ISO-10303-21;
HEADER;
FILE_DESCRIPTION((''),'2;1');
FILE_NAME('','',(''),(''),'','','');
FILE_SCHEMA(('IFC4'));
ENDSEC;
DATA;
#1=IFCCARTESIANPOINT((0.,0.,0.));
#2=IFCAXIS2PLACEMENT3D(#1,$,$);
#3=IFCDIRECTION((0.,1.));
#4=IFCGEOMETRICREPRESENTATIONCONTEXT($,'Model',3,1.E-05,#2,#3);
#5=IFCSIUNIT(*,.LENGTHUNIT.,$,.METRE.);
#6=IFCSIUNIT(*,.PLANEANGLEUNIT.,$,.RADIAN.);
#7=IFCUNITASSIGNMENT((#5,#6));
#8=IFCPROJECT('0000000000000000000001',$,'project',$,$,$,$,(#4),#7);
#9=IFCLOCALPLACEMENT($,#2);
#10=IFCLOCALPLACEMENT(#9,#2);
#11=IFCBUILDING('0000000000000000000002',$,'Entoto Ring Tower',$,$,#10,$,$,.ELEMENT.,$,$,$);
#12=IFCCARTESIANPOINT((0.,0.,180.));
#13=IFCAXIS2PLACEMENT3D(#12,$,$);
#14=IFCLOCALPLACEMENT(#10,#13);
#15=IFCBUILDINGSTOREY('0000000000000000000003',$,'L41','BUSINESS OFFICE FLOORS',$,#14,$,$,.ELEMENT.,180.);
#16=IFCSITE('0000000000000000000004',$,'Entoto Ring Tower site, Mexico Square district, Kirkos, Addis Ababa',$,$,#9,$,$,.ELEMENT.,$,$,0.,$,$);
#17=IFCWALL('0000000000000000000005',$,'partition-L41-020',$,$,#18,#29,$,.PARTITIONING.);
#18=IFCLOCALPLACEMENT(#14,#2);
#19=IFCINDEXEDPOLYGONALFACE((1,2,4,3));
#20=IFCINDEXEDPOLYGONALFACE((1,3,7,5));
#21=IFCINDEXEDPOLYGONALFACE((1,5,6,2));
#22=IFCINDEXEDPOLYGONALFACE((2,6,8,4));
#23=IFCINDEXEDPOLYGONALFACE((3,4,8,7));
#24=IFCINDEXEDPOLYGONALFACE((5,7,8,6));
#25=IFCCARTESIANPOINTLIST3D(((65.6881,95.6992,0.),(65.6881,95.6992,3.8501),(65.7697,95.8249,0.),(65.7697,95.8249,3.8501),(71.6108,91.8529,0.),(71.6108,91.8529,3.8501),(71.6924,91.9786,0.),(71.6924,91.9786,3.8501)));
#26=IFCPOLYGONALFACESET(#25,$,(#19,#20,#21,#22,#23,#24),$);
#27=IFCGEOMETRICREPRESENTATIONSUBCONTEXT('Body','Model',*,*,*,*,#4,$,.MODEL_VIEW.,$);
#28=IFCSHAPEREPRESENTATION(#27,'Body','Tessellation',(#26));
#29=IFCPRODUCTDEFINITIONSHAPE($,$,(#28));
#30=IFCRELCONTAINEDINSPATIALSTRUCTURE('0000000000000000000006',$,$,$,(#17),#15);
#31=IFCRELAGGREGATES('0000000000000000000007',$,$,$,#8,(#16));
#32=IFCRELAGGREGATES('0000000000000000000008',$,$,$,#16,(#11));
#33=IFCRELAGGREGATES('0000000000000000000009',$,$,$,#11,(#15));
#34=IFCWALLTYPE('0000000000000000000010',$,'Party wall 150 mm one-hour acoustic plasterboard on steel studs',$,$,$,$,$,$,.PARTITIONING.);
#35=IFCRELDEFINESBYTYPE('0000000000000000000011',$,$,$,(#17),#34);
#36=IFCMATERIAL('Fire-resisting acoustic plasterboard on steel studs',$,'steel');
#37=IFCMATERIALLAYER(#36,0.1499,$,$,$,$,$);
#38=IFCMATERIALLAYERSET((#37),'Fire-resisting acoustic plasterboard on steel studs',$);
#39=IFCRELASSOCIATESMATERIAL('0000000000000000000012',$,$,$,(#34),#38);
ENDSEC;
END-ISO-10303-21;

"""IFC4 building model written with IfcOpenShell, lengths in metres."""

from ifc_helpers import new_model, si_unit, direction, frame, frame_2d, origin, place, context, subcontext, project, spatial, rectangle, extrude, material, layer, layer_set, type_object, element, save


model = new_model("IFC4")

# Units and contexts
model_context = context("Model", 3, precision=1e-05, world=origin(), true_north=direction((0.0, 1.0)))
body_context = subcontext(model_context, "Body", "Model", "MODEL_VIEW")
ifc_project = project(units=[si_unit("LENGTHUNIT", "METRE"), si_unit("PLANEANGLEUNIT", "RADIAN")], contexts=[model_context])

# Site, building, storey
site_placement = place(None, origin())
site = spatial("IfcSite", under=ifc_project, at=site_placement, Name="Entoto Ring Tower site, Mexico Square district, Kirkos, Addis Ababa", CompositionType="ELEMENT", RefElevation=0.0)
building_placement = place(site_placement, origin())
building = spatial("IfcBuilding", under=site, at=building_placement, Name="Entoto Ring Tower", CompositionType="ELEMENT")
storey_placement = place(building_placement, frame((0.0, 0.0, 180.0)))
storey = spatial("IfcBuildingStorey", under=building, at=storey_placement, Name="L41", Description="BUSINESS OFFICE FLOORS", CompositionType="ELEMENT", Elevation=180.0)

# Wall
ifc_material_1 = material(Name="Fire-resisting acoustic plasterboard on steel studs", Category="steel")
ifc_layer_1 = layer(ifc_material_1, 0.1499)
ifc_layer_set_1 = layer_set([ifc_layer_1], Name="Fire-resisting acoustic plasterboard on steel studs")
wall_type_1 = type_object("IfcWallType", Name="Party wall 150 mm one-hour acoustic plasterboard on steel studs", PredefinedType="PARTITIONING", material=ifc_layer_set_1)
wall_1_placement = place(storey_placement, frame((71.6516, 91.9158, 0.0), z_axis=(0.0, 0.0, 1.0), x_axis=(-0.83867, 0.54464, 0.0)))
element("IfcWall", 1, at=wall_1_placement, inside=storey, type_object=wall_type_1, Name="partition-L41-020", PredefinedType="PARTITIONING", context=body_context, shape_type="SweptSolid", body=[
    extrude(rectangle(XDim=7.062, YDim=0.1499, at=frame_2d((3.531, 0.0))), origin(), (0.0, 0.0, 1.0), 3.8501),
])

save(model, "model.ifc")
